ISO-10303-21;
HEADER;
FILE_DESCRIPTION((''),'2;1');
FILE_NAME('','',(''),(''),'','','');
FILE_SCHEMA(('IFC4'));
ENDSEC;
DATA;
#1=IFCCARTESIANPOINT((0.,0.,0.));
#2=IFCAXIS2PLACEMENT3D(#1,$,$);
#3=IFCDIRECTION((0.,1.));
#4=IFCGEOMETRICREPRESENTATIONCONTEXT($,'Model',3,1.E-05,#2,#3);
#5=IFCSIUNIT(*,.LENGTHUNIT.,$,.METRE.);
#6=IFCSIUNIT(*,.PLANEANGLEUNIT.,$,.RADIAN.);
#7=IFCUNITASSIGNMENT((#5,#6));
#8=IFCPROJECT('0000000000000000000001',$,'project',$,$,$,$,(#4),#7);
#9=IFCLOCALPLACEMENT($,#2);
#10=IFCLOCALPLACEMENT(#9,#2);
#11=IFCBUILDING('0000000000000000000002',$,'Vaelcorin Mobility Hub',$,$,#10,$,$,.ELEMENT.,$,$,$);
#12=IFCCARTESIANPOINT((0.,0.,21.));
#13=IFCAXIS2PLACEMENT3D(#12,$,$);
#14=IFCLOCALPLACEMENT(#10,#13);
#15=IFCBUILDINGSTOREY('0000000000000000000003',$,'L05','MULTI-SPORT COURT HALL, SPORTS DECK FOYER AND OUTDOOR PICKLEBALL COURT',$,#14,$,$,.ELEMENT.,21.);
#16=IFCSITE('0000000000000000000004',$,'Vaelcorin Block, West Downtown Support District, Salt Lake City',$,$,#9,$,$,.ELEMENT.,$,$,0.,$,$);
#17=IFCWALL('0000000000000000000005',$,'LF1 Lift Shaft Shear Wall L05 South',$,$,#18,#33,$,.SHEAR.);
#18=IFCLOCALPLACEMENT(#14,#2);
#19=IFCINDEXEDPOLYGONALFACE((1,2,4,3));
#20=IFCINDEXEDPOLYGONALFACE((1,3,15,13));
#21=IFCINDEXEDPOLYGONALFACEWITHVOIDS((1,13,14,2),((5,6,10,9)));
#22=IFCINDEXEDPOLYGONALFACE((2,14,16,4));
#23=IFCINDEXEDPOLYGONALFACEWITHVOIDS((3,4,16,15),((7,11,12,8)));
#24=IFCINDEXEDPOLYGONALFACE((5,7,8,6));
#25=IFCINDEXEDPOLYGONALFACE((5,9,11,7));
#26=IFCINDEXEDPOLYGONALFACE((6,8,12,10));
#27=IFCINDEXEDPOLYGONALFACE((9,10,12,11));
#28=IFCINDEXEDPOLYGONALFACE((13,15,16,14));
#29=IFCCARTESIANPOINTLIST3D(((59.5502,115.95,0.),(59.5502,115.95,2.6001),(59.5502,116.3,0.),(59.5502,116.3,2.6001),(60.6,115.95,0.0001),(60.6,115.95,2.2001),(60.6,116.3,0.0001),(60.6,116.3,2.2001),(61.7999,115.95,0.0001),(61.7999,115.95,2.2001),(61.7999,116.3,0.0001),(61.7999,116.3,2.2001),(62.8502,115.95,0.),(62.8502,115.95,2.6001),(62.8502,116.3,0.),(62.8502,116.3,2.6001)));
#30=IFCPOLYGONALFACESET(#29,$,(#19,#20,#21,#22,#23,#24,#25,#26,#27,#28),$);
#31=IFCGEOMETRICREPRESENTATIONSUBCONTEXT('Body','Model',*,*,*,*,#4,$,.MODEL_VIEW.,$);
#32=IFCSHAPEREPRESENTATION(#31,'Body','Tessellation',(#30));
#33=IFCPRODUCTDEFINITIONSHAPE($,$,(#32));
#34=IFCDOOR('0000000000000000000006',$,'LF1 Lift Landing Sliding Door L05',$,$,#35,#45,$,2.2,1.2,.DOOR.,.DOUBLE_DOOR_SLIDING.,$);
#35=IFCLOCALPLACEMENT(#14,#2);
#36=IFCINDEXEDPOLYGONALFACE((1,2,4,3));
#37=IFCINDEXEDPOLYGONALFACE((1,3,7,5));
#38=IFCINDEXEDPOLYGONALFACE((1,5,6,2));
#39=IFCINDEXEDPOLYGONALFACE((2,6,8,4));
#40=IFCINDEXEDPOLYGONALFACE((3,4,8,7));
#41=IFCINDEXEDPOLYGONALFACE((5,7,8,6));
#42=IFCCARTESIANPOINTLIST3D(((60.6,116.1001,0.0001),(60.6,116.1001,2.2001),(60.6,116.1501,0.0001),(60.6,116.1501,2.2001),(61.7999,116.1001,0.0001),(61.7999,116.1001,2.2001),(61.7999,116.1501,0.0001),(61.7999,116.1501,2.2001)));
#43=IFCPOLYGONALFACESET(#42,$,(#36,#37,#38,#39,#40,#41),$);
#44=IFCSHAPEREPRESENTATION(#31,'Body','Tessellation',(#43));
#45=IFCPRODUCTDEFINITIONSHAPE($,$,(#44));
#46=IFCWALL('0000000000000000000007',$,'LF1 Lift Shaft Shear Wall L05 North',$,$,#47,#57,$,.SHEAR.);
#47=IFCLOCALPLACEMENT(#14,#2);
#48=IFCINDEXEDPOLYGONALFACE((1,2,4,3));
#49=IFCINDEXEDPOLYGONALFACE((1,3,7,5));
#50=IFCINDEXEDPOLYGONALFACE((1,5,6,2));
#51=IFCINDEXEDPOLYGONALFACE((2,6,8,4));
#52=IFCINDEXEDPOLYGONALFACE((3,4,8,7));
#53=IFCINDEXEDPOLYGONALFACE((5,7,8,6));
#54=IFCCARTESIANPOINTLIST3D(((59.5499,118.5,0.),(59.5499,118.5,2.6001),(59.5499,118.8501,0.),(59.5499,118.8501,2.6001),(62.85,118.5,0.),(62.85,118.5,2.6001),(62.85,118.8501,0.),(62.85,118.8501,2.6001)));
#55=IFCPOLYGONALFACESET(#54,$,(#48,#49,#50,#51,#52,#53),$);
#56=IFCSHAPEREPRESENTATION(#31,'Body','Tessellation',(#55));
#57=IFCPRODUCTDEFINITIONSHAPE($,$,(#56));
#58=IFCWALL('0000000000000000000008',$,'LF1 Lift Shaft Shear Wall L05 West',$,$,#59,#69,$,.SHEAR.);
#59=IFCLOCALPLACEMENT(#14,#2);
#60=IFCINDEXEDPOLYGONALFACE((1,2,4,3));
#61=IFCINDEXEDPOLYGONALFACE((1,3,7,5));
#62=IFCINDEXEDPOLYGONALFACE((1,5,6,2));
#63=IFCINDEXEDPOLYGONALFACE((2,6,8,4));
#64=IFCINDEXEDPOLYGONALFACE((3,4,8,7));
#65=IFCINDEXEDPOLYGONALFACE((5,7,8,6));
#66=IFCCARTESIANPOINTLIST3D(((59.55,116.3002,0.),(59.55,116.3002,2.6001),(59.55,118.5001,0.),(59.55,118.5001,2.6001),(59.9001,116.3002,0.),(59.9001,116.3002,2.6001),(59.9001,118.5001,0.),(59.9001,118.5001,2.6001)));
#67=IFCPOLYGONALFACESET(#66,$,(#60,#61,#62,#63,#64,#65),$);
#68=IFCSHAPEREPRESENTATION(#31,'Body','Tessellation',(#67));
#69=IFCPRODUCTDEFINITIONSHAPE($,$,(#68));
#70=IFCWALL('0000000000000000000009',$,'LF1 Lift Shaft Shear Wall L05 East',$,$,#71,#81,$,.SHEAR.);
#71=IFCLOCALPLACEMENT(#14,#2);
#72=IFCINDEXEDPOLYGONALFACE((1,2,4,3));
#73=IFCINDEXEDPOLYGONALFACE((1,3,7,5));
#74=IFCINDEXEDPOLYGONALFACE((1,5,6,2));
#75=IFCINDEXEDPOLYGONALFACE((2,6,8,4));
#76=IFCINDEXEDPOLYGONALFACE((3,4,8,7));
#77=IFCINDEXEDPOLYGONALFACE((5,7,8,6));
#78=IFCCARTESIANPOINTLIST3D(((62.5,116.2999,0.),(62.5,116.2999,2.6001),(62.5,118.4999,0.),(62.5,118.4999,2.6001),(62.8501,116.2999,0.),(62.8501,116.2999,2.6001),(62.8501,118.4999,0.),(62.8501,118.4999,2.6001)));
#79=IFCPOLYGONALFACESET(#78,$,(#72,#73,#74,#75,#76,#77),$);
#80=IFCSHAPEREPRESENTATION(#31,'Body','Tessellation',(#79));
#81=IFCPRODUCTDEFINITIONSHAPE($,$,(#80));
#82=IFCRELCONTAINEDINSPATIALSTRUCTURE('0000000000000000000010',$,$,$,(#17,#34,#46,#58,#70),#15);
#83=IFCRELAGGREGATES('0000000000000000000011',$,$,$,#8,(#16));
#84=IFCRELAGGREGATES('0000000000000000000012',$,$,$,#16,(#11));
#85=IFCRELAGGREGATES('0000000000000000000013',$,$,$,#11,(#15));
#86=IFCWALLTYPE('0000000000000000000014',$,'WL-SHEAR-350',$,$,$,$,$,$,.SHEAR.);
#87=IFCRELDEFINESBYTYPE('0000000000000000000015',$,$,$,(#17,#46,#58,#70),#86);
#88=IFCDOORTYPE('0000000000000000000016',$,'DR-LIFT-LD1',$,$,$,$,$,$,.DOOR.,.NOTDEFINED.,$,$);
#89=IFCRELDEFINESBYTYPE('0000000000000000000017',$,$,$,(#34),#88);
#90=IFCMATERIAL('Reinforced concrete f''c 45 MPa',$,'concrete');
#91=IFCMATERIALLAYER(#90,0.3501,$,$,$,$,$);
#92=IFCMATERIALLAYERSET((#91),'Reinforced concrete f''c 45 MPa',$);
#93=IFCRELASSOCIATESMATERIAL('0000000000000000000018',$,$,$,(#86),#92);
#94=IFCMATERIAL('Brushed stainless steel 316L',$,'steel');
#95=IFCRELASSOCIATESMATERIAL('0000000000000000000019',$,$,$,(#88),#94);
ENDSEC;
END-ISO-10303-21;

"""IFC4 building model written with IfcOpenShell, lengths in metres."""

from ifc_helpers import new_model, si_unit, direction, frame, frame_2d, origin, place, context, subcontext, project, spatial, rectangle, extrude, material, layer, layer_set, type_object, element, fill, save


model = new_model("IFC4")

# Units and contexts
model_context = context("Model", 3, precision=1e-05, world=origin(), true_north=direction((0.0, 1.0)))
body_context = subcontext(model_context, "Body", "Model", "MODEL_VIEW")
ifc_project = project(units=[si_unit("LENGTHUNIT", "METRE"), si_unit("PLANEANGLEUNIT", "RADIAN")], contexts=[model_context])

# Site, building, storey
site_placement = place(None, origin())
site = spatial("IfcSite", under=ifc_project, at=site_placement, Name="Vaelcorin Block, West Downtown Support District, Salt Lake City", CompositionType="ELEMENT", RefElevation=0.0)
building_placement = place(site_placement, origin())
building = spatial("IfcBuilding", under=site, at=building_placement, Name="Vaelcorin Mobility Hub", CompositionType="ELEMENT")
storey_placement = place(building_placement, frame((0.0, 0.0, 21.0)))
storey = spatial("IfcBuildingStorey", under=building, at=storey_placement, Name="L05", Description="MULTI-SPORT COURT HALL, SPORTS DECK FOYER AND OUTDOOR PICKLEBALL COURT", CompositionType="ELEMENT", Elevation=21.0)

# Wall, opening, door
ifc_material_1 = material(Name="Reinforced concrete f'c 45 MPa", Category="concrete")
ifc_layer_1 = layer(ifc_material_1, 0.3501)
ifc_layer_set_1 = layer_set([ifc_layer_1], Name="Reinforced concrete f'c 45 MPa")
wall_type_1 = type_object("IfcWallType", Name="WL-SHEAR-350", PredefinedType="SHEAR", material=ifc_layer_set_1)
wall_1_placement = place(storey_placement, frame((62.8501, 116.125, 0.0), z_axis=(0.0, 0.0, 1.0), x_axis=(-1.0, 0.0, 0.0)))
wall_1 = element("IfcWall", 1, at=wall_1_placement, inside=storey, type_object=wall_type_1, Name="LF1 Lift Shaft Shear Wall L05 South", PredefinedType="SHEAR", context=body_context, shape_type="SweptSolid", body=[
    extrude(rectangle(XDim=3.3, YDim=0.3501, at=frame_2d((1.6499, 0.0))), origin(), (0.0, 0.0, 1.0), 2.6001),
])
opening_placement = place(wall_1_placement, frame((1.05, 0.0, 0.0)))
opening = element("IfcOpeningElement", 2, at=opening_placement, cuts=wall_1, PredefinedType="OPENING", context=body_context, shape_type="SweptSolid", body=[
    extrude(rectangle(XDim=1.2, YDim=2.2, at=frame_2d((0.6001, 1.1001))), frame((0.0, 0.1851, 0.0), z_axis=(0.0, -1.0, 0.0), x_axis=(1.0, 0.0, 0.0)), (0.0, 0.0, 1.0), 0.3701),
])
ifc_material_2 = material(Name="Brushed stainless steel 316L", Category="steel")
door_type = type_object("IfcDoorType", Name="DR-LIFT-LD1", OperationType="NOTDEFINED", PredefinedType="DOOR", material=ifc_material_2)
door_placement = place(opening_placement, origin())
door = element("IfcDoor", 3, at=door_placement, inside=storey, type_object=door_type, Name="LF1 Lift Landing Sliding Door L05", OperationType="DOUBLE_DOOR_SLIDING", OverallHeight=2.2, OverallWidth=1.2, PredefinedType="DOOR", context=body_context, shape_type="SweptSolid", body=[
    extrude(rectangle(XDim=1.2, YDim=2.2, at=frame_2d((0.6001, 1.1001))), frame((0.0, 0.0249, 0.0), z_axis=(0.0, -1.0, 0.0), x_axis=(1.0, 0.0, 0.0)), (0.0, 0.0, 1.0), 0.05),
])
fill(opening, door)

# Walls
wall_2_placement = place(storey_placement, frame((59.55, 118.675, 0.0), z_axis=(0.0, 0.0, 1.0), x_axis=(1.0, 0.0, 0.0)))
element("IfcWall", 4, at=wall_2_placement, inside=storey, type_object=wall_type_1, Name="LF1 Lift Shaft Shear Wall L05 North", PredefinedType="SHEAR", context=body_context, shape_type="SweptSolid", body=[
    extrude(rectangle(XDim=3.3, YDim=0.3501, at=frame_2d((1.6499, 0.0))), origin(), (0.0, 0.0, 1.0), 2.6001),
])
for number, where, z_axis, x_axis, name in (
    (5, (59.7251, 116.3, 0.0), (0.0, 0.0, 1.0), (0.0, 1.0, 0.0), "LF1 Lift Shaft Shear Wall L05 West"),
    (6, (62.675, 118.5, 0.0), (0.0, 0.0, 1.0), (0.0, -1.0, 0.0), "LF1 Lift Shaft Shear Wall L05 East"),
):
    element("IfcWall", number, at=place(storey_placement, frame(where, z_axis=z_axis, x_axis=x_axis)), inside=storey, type_object=wall_type_1, Name=name, PredefinedType="SHEAR", context=body_context, shape_type="SweptSolid", body=[
        extrude(rectangle(XDim=2.2, YDim=0.3501, at=frame_2d((1.1001, 0.0))), origin(), (0.0, 0.0, 1.0), 2.6001),
    ])

save(model, "model.ifc")
